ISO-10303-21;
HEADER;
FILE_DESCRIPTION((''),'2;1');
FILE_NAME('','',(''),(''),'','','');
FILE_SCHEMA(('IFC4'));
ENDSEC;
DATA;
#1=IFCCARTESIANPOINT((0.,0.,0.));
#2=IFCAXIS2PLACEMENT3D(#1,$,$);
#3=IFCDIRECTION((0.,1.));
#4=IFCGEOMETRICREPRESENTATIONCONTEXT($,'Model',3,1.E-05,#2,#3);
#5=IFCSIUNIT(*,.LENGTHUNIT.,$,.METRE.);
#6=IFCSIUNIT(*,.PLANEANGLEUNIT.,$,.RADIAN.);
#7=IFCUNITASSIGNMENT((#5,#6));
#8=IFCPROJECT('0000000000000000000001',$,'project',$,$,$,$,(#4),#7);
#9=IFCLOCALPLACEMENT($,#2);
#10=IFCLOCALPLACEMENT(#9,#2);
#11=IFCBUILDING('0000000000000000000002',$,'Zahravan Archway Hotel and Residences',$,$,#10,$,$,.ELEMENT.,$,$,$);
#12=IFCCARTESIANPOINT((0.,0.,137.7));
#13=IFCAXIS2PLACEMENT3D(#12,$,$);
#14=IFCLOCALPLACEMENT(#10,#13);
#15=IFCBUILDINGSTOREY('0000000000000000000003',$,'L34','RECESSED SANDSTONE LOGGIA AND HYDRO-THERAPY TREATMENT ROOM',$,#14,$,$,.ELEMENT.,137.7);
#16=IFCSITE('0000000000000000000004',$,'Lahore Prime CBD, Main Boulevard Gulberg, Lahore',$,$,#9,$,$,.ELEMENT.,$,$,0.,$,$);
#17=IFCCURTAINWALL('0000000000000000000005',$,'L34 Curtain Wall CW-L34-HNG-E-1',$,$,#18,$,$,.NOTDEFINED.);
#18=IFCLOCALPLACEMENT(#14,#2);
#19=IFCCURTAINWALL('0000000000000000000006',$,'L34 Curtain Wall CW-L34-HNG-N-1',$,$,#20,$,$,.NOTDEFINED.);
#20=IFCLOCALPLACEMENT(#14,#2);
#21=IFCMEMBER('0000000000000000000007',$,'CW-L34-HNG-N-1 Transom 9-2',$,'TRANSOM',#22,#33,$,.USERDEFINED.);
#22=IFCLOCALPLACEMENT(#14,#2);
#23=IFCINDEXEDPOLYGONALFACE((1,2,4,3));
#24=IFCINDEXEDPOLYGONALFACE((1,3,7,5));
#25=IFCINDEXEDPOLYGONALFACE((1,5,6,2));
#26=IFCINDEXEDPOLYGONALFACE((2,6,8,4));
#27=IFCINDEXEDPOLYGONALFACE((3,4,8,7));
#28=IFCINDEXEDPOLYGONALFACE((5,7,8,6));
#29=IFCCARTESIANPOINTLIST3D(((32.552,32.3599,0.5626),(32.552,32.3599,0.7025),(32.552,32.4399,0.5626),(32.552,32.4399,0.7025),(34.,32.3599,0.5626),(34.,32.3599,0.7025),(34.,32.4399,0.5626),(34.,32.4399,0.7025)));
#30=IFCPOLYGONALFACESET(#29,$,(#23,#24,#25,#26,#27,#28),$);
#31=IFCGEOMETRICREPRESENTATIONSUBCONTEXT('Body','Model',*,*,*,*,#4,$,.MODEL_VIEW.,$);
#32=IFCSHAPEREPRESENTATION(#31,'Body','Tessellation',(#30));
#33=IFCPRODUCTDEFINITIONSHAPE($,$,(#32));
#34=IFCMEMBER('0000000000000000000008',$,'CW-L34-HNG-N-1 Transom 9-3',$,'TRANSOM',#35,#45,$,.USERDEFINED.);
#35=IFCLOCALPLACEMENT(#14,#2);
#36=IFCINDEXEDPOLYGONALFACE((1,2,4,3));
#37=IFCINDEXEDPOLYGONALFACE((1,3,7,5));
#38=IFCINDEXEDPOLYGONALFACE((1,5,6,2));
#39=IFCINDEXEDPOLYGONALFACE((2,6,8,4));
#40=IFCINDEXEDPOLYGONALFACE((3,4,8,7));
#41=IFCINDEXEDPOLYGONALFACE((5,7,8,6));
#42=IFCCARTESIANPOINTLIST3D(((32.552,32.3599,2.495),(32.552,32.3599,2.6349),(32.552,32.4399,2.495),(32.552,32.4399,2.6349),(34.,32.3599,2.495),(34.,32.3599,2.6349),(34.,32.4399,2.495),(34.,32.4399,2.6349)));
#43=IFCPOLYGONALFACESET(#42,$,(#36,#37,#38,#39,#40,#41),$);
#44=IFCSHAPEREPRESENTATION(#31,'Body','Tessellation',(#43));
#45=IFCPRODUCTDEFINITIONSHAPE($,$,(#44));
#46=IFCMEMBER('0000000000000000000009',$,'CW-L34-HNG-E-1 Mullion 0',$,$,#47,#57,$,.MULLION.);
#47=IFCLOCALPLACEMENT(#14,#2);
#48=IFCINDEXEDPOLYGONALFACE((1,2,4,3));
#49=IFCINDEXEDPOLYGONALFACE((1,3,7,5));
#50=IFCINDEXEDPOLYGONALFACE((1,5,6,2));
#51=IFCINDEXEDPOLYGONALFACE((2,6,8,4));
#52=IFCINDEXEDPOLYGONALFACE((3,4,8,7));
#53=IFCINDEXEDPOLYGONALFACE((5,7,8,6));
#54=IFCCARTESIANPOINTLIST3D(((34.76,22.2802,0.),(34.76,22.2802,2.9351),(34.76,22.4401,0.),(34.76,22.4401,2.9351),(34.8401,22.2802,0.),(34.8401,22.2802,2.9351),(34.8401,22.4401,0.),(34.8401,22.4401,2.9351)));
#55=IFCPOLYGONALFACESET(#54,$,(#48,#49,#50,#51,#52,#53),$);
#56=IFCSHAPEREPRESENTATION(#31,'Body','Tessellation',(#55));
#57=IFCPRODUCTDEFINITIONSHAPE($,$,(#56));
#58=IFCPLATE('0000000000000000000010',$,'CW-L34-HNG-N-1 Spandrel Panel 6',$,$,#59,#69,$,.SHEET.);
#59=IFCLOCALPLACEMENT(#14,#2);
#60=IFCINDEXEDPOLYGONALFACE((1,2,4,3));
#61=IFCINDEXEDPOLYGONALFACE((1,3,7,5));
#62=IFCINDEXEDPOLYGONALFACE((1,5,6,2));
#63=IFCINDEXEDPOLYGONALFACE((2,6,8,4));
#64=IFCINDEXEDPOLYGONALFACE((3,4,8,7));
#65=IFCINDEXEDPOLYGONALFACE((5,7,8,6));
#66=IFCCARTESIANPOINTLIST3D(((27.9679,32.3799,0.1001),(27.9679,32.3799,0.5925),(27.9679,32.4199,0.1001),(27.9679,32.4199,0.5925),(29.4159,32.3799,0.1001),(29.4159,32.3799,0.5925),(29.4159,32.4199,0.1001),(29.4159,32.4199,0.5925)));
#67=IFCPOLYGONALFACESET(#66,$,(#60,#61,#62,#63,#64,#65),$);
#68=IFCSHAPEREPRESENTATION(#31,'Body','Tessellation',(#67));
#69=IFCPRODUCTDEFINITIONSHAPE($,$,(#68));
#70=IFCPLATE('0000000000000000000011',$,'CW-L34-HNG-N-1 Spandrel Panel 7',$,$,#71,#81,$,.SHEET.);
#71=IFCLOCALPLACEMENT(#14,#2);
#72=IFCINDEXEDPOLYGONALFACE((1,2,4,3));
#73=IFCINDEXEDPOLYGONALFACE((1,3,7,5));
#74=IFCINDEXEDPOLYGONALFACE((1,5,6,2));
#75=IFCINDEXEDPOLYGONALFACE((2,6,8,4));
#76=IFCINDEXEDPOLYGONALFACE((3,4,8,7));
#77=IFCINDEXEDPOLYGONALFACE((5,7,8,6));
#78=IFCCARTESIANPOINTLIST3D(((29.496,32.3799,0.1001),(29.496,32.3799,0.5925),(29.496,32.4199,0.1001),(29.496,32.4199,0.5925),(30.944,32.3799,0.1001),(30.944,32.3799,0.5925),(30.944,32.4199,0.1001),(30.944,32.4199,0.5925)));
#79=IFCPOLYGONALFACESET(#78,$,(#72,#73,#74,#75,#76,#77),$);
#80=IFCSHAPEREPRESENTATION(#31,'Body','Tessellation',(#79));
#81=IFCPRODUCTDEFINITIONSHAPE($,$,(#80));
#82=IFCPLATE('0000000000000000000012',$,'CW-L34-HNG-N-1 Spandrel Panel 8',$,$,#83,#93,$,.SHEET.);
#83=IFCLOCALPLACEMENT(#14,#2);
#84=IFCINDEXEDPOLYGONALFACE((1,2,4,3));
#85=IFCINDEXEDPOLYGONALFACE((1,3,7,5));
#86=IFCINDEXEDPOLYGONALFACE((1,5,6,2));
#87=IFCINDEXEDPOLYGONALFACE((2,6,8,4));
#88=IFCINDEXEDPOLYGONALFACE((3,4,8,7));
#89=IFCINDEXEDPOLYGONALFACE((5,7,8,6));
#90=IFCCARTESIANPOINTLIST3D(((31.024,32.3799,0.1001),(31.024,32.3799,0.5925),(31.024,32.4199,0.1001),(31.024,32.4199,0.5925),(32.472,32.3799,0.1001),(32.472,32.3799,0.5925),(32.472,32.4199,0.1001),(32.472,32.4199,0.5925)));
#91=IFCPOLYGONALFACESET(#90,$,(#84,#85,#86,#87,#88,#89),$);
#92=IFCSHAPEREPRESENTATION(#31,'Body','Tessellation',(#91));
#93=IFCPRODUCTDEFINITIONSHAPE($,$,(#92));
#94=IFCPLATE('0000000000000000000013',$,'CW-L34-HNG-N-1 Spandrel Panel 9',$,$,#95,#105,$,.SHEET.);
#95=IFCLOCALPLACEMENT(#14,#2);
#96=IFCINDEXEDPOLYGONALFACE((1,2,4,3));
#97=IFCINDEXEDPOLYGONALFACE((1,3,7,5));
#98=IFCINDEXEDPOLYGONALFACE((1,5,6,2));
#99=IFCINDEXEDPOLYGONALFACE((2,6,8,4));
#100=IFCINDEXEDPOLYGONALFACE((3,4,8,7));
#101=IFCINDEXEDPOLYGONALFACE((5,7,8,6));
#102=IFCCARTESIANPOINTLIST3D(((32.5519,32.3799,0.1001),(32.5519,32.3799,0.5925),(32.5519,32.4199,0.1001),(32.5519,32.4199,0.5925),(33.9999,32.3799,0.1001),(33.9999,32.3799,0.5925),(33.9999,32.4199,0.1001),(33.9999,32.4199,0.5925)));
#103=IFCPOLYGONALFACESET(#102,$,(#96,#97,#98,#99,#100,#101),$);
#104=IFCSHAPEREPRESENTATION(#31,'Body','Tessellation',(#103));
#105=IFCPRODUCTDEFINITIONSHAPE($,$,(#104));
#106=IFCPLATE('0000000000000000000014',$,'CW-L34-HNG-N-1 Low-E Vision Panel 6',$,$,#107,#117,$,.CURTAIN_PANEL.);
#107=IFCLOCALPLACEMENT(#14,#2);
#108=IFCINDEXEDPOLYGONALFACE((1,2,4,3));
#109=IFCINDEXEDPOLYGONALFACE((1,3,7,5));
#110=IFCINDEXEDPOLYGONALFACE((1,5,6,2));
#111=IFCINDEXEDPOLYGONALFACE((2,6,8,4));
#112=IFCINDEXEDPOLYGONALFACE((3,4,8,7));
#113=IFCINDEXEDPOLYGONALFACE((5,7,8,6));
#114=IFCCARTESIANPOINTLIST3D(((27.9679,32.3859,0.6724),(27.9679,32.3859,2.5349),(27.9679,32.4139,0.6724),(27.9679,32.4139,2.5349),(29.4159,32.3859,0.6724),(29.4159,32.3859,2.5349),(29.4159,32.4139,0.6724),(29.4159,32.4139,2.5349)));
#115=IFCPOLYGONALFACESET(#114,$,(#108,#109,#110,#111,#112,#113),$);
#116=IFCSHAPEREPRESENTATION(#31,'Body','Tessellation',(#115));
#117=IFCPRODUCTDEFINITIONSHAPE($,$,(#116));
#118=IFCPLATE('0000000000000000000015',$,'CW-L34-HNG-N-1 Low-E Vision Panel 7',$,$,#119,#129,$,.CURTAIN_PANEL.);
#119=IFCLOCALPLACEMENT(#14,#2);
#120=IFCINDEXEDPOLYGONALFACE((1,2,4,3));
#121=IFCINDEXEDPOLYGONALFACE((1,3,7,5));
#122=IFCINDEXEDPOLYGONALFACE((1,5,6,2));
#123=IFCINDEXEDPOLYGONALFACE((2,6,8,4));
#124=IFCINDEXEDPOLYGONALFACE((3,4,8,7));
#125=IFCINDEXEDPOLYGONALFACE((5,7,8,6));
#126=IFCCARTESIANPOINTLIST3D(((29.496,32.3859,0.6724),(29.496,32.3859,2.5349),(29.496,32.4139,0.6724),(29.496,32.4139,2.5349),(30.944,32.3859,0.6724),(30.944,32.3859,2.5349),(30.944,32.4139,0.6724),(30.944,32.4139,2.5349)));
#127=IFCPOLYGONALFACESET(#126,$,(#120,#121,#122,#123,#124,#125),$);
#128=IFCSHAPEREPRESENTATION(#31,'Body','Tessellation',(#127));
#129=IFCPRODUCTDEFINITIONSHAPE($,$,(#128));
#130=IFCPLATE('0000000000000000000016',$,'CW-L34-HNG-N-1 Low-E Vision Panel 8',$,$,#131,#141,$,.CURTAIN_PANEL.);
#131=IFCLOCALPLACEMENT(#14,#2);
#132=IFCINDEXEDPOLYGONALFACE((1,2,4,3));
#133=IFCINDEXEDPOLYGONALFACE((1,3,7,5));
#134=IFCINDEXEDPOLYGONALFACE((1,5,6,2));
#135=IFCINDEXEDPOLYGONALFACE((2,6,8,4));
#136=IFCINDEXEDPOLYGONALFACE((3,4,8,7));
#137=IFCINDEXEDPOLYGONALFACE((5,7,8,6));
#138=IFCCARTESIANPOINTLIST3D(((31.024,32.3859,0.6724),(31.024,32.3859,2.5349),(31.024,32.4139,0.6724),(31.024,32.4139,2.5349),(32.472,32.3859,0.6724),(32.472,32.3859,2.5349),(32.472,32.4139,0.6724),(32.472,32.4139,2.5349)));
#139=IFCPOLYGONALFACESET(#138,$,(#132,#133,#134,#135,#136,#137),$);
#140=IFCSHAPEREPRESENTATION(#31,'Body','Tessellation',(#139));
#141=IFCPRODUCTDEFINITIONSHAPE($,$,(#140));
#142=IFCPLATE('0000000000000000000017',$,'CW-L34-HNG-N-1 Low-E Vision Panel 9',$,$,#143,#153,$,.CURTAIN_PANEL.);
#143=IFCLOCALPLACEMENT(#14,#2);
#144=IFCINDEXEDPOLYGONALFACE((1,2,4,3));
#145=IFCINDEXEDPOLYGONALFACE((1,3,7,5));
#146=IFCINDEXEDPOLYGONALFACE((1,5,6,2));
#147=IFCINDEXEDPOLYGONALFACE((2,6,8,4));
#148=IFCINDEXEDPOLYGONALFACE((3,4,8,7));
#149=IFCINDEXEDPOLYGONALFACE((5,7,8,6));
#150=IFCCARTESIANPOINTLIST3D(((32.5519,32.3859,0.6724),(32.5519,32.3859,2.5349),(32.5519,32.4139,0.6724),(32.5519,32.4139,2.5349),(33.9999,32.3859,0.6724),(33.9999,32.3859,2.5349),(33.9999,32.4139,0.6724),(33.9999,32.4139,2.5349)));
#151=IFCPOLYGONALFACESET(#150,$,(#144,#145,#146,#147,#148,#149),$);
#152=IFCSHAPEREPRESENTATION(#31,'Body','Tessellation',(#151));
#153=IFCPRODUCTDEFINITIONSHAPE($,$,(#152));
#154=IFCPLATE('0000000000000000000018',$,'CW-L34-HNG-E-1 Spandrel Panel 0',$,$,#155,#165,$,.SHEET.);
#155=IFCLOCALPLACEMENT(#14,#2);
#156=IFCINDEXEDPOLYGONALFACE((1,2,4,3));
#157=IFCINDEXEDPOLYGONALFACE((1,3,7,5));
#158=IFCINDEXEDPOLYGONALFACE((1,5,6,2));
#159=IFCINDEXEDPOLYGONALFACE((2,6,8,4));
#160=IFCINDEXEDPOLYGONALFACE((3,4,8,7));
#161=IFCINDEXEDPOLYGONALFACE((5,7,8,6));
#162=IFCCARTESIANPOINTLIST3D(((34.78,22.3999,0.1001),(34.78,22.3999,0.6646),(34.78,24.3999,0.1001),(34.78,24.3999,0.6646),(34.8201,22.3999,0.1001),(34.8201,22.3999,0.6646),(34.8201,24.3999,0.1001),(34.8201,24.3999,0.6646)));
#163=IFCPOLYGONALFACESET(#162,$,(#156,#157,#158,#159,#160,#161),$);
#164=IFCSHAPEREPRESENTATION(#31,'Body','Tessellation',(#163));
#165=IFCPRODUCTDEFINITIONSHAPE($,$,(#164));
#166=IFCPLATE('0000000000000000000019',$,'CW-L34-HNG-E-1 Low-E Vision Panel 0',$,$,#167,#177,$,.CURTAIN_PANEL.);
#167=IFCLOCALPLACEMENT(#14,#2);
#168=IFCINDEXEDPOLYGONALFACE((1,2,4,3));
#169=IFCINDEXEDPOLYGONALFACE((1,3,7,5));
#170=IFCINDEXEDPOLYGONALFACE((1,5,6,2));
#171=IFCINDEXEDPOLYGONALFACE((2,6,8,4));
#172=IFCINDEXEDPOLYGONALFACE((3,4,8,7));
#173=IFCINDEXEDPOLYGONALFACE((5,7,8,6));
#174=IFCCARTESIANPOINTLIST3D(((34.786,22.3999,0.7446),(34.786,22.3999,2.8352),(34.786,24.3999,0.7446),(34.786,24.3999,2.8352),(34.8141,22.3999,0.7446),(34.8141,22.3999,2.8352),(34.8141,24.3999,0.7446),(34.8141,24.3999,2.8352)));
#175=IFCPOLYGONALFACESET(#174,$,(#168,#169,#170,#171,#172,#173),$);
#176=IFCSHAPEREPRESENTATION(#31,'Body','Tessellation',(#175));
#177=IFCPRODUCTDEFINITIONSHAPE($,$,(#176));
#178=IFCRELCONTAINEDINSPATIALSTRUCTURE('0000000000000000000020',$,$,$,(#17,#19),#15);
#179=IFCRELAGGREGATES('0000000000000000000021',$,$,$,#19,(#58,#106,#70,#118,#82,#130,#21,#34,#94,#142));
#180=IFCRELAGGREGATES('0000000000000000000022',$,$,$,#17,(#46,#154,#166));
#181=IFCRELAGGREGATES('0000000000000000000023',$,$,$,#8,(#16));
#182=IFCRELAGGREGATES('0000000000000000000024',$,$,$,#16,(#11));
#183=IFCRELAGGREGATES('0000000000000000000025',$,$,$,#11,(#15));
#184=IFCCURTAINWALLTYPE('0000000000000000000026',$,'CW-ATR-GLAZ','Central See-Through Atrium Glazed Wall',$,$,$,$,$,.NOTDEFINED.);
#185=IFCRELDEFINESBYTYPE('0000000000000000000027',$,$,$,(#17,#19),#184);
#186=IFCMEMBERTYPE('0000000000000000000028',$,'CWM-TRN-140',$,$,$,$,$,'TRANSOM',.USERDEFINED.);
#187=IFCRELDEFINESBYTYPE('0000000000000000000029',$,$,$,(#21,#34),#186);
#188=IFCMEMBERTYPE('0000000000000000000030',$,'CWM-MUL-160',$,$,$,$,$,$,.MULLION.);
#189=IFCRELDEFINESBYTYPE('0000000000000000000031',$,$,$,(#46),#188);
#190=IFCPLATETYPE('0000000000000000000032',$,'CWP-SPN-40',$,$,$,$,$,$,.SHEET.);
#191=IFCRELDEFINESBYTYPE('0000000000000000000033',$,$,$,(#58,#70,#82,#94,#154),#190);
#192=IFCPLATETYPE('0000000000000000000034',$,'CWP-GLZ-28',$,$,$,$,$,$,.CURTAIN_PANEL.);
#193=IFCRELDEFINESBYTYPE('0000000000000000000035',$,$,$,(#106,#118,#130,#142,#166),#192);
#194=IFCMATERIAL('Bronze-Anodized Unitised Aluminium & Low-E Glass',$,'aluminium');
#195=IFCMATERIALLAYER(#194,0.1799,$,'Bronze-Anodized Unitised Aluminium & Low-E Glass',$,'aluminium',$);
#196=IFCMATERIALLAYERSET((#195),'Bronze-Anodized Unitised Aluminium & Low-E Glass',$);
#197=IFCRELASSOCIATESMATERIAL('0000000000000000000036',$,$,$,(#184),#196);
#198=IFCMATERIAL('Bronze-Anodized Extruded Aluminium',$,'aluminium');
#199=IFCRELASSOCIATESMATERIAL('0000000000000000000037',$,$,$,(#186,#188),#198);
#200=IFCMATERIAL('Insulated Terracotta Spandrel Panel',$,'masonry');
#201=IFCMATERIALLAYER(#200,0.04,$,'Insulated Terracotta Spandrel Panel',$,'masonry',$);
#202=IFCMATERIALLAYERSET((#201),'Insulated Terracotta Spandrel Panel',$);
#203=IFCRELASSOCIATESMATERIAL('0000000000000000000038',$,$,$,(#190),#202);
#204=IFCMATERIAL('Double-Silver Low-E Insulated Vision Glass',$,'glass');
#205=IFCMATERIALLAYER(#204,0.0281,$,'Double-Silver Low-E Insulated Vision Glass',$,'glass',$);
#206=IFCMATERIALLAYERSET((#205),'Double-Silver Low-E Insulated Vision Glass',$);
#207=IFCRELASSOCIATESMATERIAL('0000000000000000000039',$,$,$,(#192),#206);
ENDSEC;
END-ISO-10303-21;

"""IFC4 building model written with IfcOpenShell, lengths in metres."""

from ifc_helpers import new_model, si_unit, direction, frame, origin, origin_2d, place, context, subcontext, project, spatial, rectangle, extrude, source, transform, mapped, material, layer, layer_set, material_profile, profile_set, type_object, element, aggregate, save


model = new_model("IFC4")

# Units and contexts
model_context = context("Model", 3, precision=1e-05, world=origin(), true_north=direction((0.0, 1.0)))
body_context = subcontext(model_context, "Body", "Model", "MODEL_VIEW")
ifc_project = project(units=[si_unit("LENGTHUNIT", "METRE"), si_unit("PLANEANGLEUNIT", "RADIAN")], contexts=[model_context])

# Site, building, storey
site_placement = place(None, origin())
site = spatial("IfcSite", under=ifc_project, at=site_placement, Name="Lahore Prime CBD, Main Boulevard Gulberg, Lahore", CompositionType="ELEMENT", RefElevation=0.0)
building_placement = place(site_placement, origin())
building = spatial("IfcBuilding", under=site, at=building_placement, Name="Zahravan Archway Hotel and Residences", CompositionType="ELEMENT")
storey_placement = place(building_placement, frame((0.0, 0.0, 137.7)))
storey = spatial("IfcBuildingStorey", under=building, at=storey_placement, Name="L34", Description="RECESSED SANDSTONE LOGGIA AND HYDRO-THERAPY TREATMENT ROOM", CompositionType="ELEMENT", Elevation=137.7)

# Curtain walls, members
ifc_material_1 = material(Name="Bronze-Anodized Unitised Aluminium & Low-E Glass", Category="aluminium")
ifc_layer_1 = layer(ifc_material_1, 0.1799, Name="Bronze-Anodized Unitised Aluminium & Low-E Glass", Category="aluminium")
ifc_layer_set_1 = layer_set([ifc_layer_1], Name="Bronze-Anodized Unitised Aluminium & Low-E Glass")
curtain_wall_type = type_object("IfcCurtainWallType", Name="CW-ATR-GLAZ", Description="Central See-Through Atrium Glazed Wall", PredefinedType="NOTDEFINED", material=ifc_layer_set_1)
curtain_wall_1_placement = place(storey_placement, origin())
curtain_wall_1 = element("IfcCurtainWall", 1, at=curtain_wall_1_placement, inside=storey, type_object=curtain_wall_type, Name="L34 Curtain Wall CW-L34-HNG-E-1", PredefinedType="NOTDEFINED")
ifc_material_2 = material(Name="Bronze-Anodized Extruded Aluminium", Category="aluminium")
ifc_material_profile_1 = material_profile(ifc_material_2, rectangle(XDim=0.0801, YDim=0.1399, at=origin_2d()), Name="TRN 80x140", Category="aluminium")
ifc_profile_set_1 = profile_set([ifc_material_profile_1], Name="Bronze-Anodized Extruded Aluminium")
member_type_1 = type_object("IfcMemberType", Name="CWM-TRN-140", ElementType="TRANSOM", PredefinedType="USERDEFINED", material=ifc_profile_set_1)
curtain_wall_2_placement = place(storey_placement, origin())
curtain_wall_2 = element("IfcCurtainWall", 2, at=curtain_wall_2_placement, inside=storey, type_object=curtain_wall_type, Name="L34 Curtain Wall CW-L34-HNG-N-1", PredefinedType="NOTDEFINED")
ifc_material_profile_2 = material_profile(ifc_material_2, rectangle(XDim=0.0801, YDim=0.1599, at=origin_2d()), Name="MUL 80x160", Category="aluminium")
ifc_profile_set_2 = profile_set([ifc_material_profile_2], Name="Bronze-Anodized Extruded Aluminium")
member_type_2 = type_object("IfcMemberType", Name="CWM-MUL-160", PredefinedType="MULLION", material=ifc_profile_set_2)
shared_shape_1 = source(origin(), body_context, "Body", "SweptSolid", [
    extrude(rectangle(XDim=0.0801, YDim=0.1399, at=origin_2d()), origin(), (0.0, 0.0, 1.0), 1.448),
])
member_1_placement = place(storey_placement, frame((32.552, 32.3999, 0.6326), z_axis=(1.0, 0.0, 0.0), x_axis=(0.0, 1.0, 0.0)))
member_1 = element("IfcMember", 3, at=member_1_placement, type_object=member_type_1, Name="CW-L34-HNG-N-1 Transom 9-2", ObjectType="TRANSOM", PredefinedType="USERDEFINED", context=body_context, shape_type="MappedRepresentation", body=[
    mapped(shared_shape_1, transform((0.0, 0.0, 0.0), scale=1.0)),
])
member_2_placement = place(storey_placement, frame((32.552, 32.3999, 2.5649), z_axis=(1.0, 0.0, 0.0), x_axis=(0.0, 1.0, 0.0)))
member_2 = element("IfcMember", 4, at=member_2_placement, type_object=member_type_1, Name="CW-L34-HNG-N-1 Transom 9-3", ObjectType="TRANSOM", PredefinedType="USERDEFINED", context=body_context, shape_type="MappedRepresentation", body=[
    mapped(shared_shape_1, transform((0.0, 0.0, 0.0), scale=1.0)),
])

# Member
shared_shape_2 = source(origin(), body_context, "Body", "SweptSolid", [
    extrude(rectangle(XDim=0.0801, YDim=0.1599, at=origin_2d()), origin(), (0.0, 0.0, 1.0), 2.9351),
])
member_3_placement = place(storey_placement, frame((34.8, 22.3601, 0.0), z_axis=(0.0, 0.0, 1.0), x_axis=(1.0, 0.0, 0.0)))
member_3 = element("IfcMember", 5, at=member_3_placement, type_object=member_type_2, Name="CW-L34-HNG-E-1 Mullion 0", PredefinedType="MULLION", context=body_context, shape_type="MappedRepresentation", body=[
    mapped(shared_shape_2, transform((0.0, 0.0, 0.0), scale=1.0)),
])

# Plates
ifc_material_3 = material(Name="Insulated Terracotta Spandrel Panel", Category="masonry")
ifc_layer_2 = layer(ifc_material_3, 0.04, Name="Insulated Terracotta Spandrel Panel", Category="masonry")
ifc_layer_set_2 = layer_set([ifc_layer_2], Name="Insulated Terracotta Spandrel Panel")
plate_type_1 = type_object("IfcPlateType", Name="CWP-SPN-40", PredefinedType="SHEET", material=ifc_layer_set_2)
shared_shape_3 = source(origin(), body_context, "Body", "SweptSolid", [
    extrude(rectangle(XDim=1.448, YDim=0.04, at=origin_2d()), origin(), (0.0, 0.0, 1.0), 0.4924),
])
plate_1_placement = place(storey_placement, frame((28.6919, 32.3999, 0.1001), z_axis=(0.0, 0.0, 1.0), x_axis=(1.0, 0.0, 0.0)))
plate_1 = element("IfcPlate", 6, at=plate_1_placement, type_object=plate_type_1, Name="CW-L34-HNG-N-1 Spandrel Panel 6", PredefinedType="SHEET", context=body_context, shape_type="MappedRepresentation", body=[
    mapped(shared_shape_3, transform((0.0, 0.0, 0.0), scale=1.0)),
])
plate_2_placement = place(storey_placement, frame((30.22, 32.3999, 0.1001), z_axis=(0.0, 0.0, 1.0), x_axis=(1.0, 0.0, 0.0)))
plate_2 = element("IfcPlate", 7, at=plate_2_placement, type_object=plate_type_1, Name="CW-L34-HNG-N-1 Spandrel Panel 7", PredefinedType="SHEET", context=body_context, shape_type="MappedRepresentation", body=[
    mapped(shared_shape_3, transform((0.0, 0.0, 0.0), scale=1.0)),
])
plate_3_placement = place(storey_placement, frame((31.748, 32.3999, 0.1001), z_axis=(0.0, 0.0, 1.0), x_axis=(1.0, 0.0, 0.0)))
plate_3 = element("IfcPlate", 8, at=plate_3_placement, type_object=plate_type_1, Name="CW-L34-HNG-N-1 Spandrel Panel 8", PredefinedType="SHEET", context=body_context, shape_type="MappedRepresentation", body=[
    mapped(shared_shape_3, transform((0.0, 0.0, 0.0), scale=1.0)),
])
plate_4_placement = place(storey_placement, frame((33.2759, 32.3999, 0.1001), z_axis=(0.0, 0.0, 1.0), x_axis=(1.0, 0.0, 0.0)))
plate_4 = element("IfcPlate", 9, at=plate_4_placement, type_object=plate_type_1, Name="CW-L34-HNG-N-1 Spandrel Panel 9", PredefinedType="SHEET", context=body_context, shape_type="MappedRepresentation", body=[
    mapped(shared_shape_3, transform((0.0, 0.0, 0.0), scale=1.0)),
])
ifc_material_4 = material(Name="Double-Silver Low-E Insulated Vision Glass", Category="glass")
ifc_layer_3 = layer(ifc_material_4, 0.0281, Name="Double-Silver Low-E Insulated Vision Glass", Category="glass")
ifc_layer_set_3 = layer_set([ifc_layer_3], Name="Double-Silver Low-E Insulated Vision Glass")
plate_type_2 = type_object("IfcPlateType", Name="CWP-GLZ-28", PredefinedType="CURTAIN_PANEL", material=ifc_layer_set_3)
shared_shape_4 = source(origin(), body_context, "Body", "SweptSolid", [
    extrude(rectangle(XDim=1.448, YDim=0.0281, at=origin_2d()), origin(), (0.0, 0.0, 1.0), 1.8625),
])
plate_5_placement = place(storey_placement, frame((28.6919, 32.3999, 0.6724), z_axis=(0.0, 0.0, 1.0), x_axis=(1.0, 0.0, 0.0)))
plate_5 = element("IfcPlate", 10, at=plate_5_placement, type_object=plate_type_2, Name="CW-L34-HNG-N-1 Low-E Vision Panel 6", PredefinedType="CURTAIN_PANEL", context=body_context, shape_type="MappedRepresentation", body=[
    mapped(shared_shape_4, transform((0.0, 0.0, 0.0), scale=1.0)),
])
plate_6_placement = place(storey_placement, frame((30.22, 32.3999, 0.6724), z_axis=(0.0, 0.0, 1.0), x_axis=(1.0, 0.0, 0.0)))
plate_6 = element("IfcPlate", 11, at=plate_6_placement, type_object=plate_type_2, Name="CW-L34-HNG-N-1 Low-E Vision Panel 7", PredefinedType="CURTAIN_PANEL", context=body_context, shape_type="MappedRepresentation", body=[
    mapped(shared_shape_4, transform((0.0, 0.0, 0.0), scale=1.0)),
])
plate_7_placement = place(storey_placement, frame((31.748, 32.3999, 0.6724), z_axis=(0.0, 0.0, 1.0), x_axis=(1.0, 0.0, 0.0)))
plate_7 = element("IfcPlate", 12, at=plate_7_placement, type_object=plate_type_2, Name="CW-L34-HNG-N-1 Low-E Vision Panel 8", PredefinedType="CURTAIN_PANEL", context=body_context, shape_type="MappedRepresentation", body=[
    mapped(shared_shape_4, transform((0.0, 0.0, 0.0), scale=1.0)),
])
plate_8_placement = place(storey_placement, frame((33.2759, 32.3999, 0.6724), z_axis=(0.0, 0.0, 1.0), x_axis=(1.0, 0.0, 0.0)))
plate_8 = element("IfcPlate", 13, at=plate_8_placement, type_object=plate_type_2, Name="CW-L34-HNG-N-1 Low-E Vision Panel 9", PredefinedType="CURTAIN_PANEL", context=body_context, shape_type="MappedRepresentation", body=[
    mapped(shared_shape_4, transform((0.0, 0.0, 0.0), scale=1.0)),
])
aggregate(curtain_wall_2, [plate_1, plate_5, plate_2, plate_6, plate_3, plate_7, member_1, member_2, plate_4, plate_8])
shared_shape_5 = source(origin(), body_context, "Body", "SweptSolid", [
    extrude(rectangle(XDim=2.0, YDim=0.04, at=origin_2d()), origin(), (0.0, 0.0, 1.0), 0.5645),
])
plate_9_placement = place(storey_placement, frame((34.8, 23.3999, 0.1001), z_axis=(0.0, 0.0, 1.0), x_axis=(0.0, 1.0, 0.0)))
plate_9 = element("IfcPlate", 14, at=plate_9_placement, type_object=plate_type_1, Name="CW-L34-HNG-E-1 Spandrel Panel 0", PredefinedType="SHEET", context=body_context, shape_type="MappedRepresentation", body=[
    mapped(shared_shape_5, transform((0.0, 0.0, 0.0), scale=1.0)),
])
shared_shape_6 = source(origin(), body_context, "Body", "SweptSolid", [
    extrude(rectangle(XDim=2.0, YDim=0.0281, at=origin_2d()), origin(), (0.0, 0.0, 1.0), 2.0906),
])
plate_10_placement = place(storey_placement, frame((34.8, 23.3999, 0.7446), z_axis=(0.0, 0.0, 1.0), x_axis=(0.0, 1.0, 0.0)))
plate_10 = element("IfcPlate", 15, at=plate_10_placement, type_object=plate_type_2, Name="CW-L34-HNG-E-1 Low-E Vision Panel 0", PredefinedType="CURTAIN_PANEL", context=body_context, shape_type="MappedRepresentation", body=[
    mapped(shared_shape_6, transform((0.0, 0.0, 0.0), scale=1.0)),
])
aggregate(curtain_wall_1, [member_3, plate_9, plate_10])

save(model, "model.ifc")
